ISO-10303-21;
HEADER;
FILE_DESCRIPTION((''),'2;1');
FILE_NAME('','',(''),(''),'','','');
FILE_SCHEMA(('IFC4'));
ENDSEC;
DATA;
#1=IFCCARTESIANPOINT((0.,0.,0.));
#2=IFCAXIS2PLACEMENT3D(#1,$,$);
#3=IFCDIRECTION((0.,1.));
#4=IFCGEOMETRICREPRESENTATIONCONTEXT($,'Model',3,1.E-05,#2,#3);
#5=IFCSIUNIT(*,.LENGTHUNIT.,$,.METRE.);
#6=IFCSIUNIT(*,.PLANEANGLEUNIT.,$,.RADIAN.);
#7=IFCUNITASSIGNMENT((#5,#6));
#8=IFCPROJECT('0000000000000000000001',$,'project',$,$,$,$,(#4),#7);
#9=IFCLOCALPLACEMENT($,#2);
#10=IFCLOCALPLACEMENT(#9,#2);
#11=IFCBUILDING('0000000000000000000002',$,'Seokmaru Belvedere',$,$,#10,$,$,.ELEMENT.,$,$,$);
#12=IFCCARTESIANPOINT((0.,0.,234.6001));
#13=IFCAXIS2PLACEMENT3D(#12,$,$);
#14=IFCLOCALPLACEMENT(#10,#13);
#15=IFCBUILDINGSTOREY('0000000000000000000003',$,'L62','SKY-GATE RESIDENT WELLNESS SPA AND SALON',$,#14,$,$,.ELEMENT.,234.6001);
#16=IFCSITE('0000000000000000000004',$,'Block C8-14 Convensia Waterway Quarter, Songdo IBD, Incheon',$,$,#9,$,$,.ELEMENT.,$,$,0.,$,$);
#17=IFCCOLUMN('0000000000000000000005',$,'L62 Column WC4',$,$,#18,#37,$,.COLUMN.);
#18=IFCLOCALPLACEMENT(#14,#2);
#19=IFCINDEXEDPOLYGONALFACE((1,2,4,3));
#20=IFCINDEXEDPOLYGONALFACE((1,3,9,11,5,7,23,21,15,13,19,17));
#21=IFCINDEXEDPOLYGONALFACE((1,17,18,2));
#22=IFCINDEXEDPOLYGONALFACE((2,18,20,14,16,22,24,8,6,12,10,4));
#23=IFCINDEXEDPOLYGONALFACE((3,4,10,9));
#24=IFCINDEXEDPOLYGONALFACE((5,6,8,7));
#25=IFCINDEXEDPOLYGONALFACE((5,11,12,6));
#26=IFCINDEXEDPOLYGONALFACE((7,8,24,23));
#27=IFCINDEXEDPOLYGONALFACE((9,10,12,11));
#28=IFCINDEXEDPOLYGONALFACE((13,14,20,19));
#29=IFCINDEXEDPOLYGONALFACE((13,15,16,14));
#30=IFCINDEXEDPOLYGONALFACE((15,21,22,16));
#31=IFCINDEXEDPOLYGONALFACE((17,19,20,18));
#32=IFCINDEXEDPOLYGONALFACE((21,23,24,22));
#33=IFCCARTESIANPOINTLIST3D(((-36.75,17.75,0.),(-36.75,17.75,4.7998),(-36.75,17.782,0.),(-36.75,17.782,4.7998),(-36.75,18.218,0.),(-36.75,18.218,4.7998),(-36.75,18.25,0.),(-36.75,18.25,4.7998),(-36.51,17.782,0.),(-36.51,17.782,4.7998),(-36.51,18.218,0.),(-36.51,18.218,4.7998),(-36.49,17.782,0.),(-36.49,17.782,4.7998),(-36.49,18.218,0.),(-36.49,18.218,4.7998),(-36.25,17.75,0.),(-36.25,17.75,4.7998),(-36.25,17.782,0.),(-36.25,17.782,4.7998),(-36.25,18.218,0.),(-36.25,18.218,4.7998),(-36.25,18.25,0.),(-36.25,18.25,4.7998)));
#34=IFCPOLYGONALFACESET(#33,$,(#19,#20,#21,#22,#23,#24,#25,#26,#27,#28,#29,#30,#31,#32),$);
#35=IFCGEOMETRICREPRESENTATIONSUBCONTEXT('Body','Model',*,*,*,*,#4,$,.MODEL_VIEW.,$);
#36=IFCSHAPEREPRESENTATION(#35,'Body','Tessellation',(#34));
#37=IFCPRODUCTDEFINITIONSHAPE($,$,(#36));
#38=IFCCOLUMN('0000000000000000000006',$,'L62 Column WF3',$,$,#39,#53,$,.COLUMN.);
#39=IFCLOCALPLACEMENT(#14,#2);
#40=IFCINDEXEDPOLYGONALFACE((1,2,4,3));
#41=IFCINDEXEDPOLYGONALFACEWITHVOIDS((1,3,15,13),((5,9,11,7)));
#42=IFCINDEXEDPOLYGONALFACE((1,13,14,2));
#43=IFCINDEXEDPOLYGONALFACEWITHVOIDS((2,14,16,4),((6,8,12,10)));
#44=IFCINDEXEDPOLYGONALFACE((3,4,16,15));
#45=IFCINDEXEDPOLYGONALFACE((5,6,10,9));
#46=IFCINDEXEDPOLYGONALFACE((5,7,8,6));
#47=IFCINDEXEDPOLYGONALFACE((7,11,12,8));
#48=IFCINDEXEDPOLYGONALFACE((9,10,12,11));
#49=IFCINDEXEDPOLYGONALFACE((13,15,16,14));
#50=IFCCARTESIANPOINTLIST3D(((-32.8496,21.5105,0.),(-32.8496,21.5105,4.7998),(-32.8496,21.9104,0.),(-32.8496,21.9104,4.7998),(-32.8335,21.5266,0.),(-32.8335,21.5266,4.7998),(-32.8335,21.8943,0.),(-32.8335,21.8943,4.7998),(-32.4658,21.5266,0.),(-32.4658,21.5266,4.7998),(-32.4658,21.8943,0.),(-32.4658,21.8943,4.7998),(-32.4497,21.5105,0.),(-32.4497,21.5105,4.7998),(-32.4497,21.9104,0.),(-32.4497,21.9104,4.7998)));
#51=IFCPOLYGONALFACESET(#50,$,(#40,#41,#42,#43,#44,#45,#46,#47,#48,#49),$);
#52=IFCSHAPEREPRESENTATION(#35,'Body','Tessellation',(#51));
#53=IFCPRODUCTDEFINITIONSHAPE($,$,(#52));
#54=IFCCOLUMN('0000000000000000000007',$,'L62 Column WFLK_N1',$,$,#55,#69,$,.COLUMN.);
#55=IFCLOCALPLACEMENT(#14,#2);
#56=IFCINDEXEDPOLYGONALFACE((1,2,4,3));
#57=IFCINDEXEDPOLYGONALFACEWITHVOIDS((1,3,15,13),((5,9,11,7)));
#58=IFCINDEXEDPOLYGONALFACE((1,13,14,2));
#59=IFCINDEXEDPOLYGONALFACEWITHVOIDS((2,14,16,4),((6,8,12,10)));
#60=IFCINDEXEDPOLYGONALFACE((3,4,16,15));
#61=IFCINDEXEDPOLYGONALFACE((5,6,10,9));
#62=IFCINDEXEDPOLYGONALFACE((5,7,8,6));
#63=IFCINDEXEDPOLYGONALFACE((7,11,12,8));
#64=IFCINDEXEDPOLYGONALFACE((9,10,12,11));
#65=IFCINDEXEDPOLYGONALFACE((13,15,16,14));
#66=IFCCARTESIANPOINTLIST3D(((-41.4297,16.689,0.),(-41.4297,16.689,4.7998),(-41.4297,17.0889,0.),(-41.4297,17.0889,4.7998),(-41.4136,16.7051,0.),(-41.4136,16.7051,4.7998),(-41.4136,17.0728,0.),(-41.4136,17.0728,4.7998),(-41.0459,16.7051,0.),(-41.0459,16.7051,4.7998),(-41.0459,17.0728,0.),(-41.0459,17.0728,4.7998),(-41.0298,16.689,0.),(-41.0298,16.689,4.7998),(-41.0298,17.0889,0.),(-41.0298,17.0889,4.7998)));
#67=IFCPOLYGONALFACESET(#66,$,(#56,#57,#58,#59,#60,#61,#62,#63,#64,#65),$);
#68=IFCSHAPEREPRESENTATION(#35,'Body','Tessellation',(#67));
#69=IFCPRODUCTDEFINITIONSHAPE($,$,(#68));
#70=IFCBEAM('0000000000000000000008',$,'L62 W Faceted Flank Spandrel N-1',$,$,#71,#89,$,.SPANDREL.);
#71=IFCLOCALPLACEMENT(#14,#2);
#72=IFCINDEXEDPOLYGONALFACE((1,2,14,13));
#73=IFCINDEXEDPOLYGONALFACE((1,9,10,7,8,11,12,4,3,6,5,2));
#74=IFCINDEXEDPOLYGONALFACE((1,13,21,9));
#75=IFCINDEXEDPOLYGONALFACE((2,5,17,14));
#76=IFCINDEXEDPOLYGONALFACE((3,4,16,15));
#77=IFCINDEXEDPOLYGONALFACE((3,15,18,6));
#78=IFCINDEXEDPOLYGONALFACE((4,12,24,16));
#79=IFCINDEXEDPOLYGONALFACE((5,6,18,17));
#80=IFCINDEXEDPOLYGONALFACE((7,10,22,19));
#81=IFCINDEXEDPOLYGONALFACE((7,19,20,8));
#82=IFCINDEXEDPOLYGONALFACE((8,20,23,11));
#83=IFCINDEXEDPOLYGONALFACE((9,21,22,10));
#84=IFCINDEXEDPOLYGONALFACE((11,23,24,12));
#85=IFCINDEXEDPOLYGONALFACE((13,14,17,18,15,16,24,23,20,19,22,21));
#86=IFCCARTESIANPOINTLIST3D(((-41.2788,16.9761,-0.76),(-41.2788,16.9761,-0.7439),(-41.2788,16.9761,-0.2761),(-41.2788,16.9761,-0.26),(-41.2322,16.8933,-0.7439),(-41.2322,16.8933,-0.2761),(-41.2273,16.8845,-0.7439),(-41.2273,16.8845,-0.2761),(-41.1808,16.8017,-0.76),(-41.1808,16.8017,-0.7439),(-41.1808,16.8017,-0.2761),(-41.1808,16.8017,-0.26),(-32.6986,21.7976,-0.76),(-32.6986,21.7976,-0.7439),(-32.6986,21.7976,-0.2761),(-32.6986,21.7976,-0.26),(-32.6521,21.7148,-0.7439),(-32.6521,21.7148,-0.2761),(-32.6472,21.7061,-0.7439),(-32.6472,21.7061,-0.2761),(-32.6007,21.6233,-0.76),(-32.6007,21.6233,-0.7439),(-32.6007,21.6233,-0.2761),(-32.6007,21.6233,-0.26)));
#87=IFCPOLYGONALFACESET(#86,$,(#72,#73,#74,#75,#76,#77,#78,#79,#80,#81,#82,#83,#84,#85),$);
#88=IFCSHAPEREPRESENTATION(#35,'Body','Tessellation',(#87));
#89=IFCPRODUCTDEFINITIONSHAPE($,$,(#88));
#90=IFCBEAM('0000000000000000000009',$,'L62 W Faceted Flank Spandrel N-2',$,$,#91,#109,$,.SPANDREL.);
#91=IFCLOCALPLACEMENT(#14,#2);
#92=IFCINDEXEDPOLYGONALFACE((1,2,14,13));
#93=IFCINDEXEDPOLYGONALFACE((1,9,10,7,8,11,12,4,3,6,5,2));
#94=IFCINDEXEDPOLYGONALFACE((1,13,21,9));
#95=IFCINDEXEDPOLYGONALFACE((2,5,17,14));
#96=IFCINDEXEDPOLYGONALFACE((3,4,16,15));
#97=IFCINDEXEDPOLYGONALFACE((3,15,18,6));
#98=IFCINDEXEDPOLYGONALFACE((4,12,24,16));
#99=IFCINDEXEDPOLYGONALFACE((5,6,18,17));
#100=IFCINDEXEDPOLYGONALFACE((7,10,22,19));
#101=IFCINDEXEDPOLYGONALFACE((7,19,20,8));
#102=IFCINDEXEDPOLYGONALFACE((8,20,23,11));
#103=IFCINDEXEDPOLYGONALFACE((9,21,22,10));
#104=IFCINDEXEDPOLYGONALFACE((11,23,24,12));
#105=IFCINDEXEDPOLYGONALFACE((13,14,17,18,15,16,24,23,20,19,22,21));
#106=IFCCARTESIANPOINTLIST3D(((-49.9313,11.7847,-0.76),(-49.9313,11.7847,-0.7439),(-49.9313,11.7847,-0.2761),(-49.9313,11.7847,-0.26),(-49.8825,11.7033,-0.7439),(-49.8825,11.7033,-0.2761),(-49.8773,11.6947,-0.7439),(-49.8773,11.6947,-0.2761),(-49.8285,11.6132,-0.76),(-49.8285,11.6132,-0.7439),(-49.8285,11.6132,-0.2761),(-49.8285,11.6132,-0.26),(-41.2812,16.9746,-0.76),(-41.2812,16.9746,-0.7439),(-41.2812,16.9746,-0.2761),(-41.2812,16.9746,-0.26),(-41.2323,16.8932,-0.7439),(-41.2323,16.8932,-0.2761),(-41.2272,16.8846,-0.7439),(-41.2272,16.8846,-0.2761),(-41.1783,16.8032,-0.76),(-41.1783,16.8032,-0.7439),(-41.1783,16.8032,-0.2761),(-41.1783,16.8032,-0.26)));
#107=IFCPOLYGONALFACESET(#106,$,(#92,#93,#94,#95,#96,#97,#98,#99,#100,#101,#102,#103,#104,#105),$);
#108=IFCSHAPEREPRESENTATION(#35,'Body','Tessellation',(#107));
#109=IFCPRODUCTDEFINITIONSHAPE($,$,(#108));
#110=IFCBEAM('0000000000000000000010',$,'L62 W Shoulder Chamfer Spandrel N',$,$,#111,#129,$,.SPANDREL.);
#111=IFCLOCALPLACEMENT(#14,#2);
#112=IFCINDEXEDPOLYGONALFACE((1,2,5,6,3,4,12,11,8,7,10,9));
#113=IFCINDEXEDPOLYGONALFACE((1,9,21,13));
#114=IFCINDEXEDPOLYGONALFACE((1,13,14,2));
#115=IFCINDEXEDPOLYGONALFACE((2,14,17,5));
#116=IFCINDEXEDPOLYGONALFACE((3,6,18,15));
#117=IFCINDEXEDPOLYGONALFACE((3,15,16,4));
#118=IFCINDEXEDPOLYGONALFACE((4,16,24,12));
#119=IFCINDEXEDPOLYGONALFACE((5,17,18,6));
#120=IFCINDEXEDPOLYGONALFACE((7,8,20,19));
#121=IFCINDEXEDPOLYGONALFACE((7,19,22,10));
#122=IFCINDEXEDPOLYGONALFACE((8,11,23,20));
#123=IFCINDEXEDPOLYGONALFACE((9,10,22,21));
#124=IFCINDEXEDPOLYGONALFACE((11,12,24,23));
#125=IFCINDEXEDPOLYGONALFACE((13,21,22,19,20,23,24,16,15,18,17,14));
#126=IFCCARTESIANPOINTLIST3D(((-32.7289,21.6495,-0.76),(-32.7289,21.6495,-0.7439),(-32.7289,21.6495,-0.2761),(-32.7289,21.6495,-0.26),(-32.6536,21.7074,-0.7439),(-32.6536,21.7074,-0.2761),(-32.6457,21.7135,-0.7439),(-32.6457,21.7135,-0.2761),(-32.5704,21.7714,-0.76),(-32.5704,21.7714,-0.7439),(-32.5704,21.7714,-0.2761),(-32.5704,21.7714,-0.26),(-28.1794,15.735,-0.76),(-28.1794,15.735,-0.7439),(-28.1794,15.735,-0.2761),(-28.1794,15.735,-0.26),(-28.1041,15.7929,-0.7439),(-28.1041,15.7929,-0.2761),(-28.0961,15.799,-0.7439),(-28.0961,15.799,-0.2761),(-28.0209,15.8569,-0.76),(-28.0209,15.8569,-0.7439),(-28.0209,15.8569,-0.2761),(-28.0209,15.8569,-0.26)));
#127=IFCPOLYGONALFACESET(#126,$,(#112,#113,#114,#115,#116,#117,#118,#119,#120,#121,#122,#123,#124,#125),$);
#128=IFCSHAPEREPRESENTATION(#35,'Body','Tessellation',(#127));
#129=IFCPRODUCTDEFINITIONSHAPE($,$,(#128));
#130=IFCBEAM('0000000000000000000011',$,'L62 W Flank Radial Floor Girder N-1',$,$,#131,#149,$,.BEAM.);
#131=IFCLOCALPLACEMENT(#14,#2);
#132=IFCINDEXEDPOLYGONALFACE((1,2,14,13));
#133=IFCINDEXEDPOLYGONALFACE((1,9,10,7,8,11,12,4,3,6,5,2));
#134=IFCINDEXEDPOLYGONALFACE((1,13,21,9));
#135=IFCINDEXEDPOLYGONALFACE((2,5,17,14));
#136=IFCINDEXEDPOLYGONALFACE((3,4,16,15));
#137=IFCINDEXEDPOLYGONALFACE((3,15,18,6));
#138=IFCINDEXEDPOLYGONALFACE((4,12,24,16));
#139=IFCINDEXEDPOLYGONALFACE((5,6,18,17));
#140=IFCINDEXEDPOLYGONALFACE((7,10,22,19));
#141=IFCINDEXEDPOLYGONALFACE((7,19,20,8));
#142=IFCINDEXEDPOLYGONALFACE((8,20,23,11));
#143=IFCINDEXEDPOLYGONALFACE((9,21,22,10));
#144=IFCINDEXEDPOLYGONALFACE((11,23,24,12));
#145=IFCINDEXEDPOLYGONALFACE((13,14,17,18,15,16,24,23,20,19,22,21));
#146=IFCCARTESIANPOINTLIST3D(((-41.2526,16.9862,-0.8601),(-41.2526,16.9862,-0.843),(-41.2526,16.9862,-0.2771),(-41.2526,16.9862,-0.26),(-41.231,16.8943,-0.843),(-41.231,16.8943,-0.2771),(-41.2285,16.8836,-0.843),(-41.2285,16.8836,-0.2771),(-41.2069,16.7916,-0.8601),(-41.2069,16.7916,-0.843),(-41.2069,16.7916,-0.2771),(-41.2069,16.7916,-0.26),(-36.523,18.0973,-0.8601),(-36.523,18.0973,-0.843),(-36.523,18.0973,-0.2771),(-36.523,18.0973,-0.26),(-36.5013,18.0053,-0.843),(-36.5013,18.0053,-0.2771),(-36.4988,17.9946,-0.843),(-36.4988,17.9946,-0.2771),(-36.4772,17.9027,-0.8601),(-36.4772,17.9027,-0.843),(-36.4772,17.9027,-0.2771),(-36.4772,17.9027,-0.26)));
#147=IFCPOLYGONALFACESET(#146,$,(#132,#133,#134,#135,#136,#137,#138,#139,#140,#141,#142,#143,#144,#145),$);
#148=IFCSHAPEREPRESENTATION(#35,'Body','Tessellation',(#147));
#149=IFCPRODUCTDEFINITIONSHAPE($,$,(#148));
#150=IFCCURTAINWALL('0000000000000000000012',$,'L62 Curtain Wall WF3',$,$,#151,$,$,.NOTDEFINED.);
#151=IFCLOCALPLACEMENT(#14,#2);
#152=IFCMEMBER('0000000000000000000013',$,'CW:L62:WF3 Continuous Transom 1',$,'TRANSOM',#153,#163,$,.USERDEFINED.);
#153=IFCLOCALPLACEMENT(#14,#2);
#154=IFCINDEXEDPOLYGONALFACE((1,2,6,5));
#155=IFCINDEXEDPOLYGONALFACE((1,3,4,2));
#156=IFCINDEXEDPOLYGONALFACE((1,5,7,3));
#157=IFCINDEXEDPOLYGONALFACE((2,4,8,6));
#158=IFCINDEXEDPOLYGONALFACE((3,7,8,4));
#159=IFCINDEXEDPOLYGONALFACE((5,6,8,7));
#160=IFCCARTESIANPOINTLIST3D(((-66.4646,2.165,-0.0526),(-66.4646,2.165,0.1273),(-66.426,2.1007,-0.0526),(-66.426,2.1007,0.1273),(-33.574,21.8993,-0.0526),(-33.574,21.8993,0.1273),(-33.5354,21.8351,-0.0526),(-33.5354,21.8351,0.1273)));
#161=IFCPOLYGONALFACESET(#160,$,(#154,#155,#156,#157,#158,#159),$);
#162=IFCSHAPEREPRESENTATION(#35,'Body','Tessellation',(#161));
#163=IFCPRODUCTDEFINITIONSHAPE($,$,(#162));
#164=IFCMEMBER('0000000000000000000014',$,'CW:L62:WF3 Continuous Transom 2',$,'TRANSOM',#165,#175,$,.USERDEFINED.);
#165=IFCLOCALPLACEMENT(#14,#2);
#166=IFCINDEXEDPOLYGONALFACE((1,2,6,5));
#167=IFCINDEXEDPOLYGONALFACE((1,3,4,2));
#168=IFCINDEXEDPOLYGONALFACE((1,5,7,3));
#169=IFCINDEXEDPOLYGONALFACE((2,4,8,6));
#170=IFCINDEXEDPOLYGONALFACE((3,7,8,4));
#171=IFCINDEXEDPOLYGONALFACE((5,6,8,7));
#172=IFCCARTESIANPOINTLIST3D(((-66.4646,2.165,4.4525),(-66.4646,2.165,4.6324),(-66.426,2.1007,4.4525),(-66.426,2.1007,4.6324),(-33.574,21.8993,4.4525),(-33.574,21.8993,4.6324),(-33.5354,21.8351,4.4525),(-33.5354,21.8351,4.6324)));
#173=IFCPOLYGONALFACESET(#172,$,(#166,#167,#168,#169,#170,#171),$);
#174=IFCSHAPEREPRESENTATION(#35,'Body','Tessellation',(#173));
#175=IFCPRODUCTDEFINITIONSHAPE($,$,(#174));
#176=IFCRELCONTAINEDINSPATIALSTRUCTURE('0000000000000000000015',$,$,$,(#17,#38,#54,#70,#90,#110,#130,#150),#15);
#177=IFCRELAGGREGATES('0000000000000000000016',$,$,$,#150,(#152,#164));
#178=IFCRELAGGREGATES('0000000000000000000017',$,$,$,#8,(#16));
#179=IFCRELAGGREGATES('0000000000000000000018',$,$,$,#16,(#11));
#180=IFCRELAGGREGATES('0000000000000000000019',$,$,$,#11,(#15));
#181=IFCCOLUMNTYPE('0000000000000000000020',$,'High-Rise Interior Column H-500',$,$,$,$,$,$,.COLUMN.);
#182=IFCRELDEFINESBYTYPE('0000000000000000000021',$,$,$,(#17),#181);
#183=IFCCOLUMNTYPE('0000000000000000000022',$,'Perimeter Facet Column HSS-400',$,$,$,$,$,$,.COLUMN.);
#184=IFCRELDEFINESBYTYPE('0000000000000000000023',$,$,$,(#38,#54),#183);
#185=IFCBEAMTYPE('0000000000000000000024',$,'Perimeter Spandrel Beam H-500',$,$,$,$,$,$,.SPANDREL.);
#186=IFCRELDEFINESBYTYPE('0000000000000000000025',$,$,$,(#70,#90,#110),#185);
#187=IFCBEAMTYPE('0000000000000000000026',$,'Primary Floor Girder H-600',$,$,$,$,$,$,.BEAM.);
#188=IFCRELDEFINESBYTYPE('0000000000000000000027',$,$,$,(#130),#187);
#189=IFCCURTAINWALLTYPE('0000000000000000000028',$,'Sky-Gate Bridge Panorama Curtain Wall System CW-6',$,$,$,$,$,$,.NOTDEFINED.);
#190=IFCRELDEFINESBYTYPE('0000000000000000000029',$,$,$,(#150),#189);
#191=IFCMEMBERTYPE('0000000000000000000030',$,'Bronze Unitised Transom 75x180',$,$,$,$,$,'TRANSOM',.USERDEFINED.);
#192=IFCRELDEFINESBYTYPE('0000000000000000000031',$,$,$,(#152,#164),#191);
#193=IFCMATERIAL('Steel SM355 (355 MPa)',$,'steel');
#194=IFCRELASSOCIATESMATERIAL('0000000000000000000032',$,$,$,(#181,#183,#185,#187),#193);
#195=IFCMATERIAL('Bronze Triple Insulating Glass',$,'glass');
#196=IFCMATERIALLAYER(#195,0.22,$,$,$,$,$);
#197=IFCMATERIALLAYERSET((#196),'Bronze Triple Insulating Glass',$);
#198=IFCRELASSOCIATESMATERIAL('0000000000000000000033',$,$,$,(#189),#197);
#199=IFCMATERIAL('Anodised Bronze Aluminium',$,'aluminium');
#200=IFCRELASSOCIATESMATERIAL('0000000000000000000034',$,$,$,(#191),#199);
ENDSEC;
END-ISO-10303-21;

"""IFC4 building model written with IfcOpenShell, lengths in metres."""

from ifc_helpers import new_model, si_unit, direction, frame, origin, origin_2d, place, context, subcontext, project, spatial, rectangle, hollow_rectangle, i_section, extrude, source, transform, mapped, material, layer, layer_set, material_profile, profile_set, type_object, type_shapes, element, aggregate, save


model = new_model("IFC4")

# Units and contexts
model_context = context("Model", 3, precision=1e-05, world=origin(), true_north=direction((0.0, 1.0)))
body_context = subcontext(model_context, "Body", "Model", "MODEL_VIEW")
ifc_project = project(units=[si_unit("LENGTHUNIT", "METRE"), si_unit("PLANEANGLEUNIT", "RADIAN")], contexts=[model_context])

# Site, building, storey
site_placement = place(None, origin())
site = spatial("IfcSite", under=ifc_project, at=site_placement, Name="Block C8-14 Convensia Waterway Quarter, Songdo IBD, Incheon", CompositionType="ELEMENT", RefElevation=0.0)
building_placement = place(site_placement, origin())
building = spatial("IfcBuilding", under=site, at=building_placement, Name="Seokmaru Belvedere", CompositionType="ELEMENT")
storey_placement = place(building_placement, frame((0.0, 0.0, 234.6001)))
storey = spatial("IfcBuildingStorey", under=building, at=storey_placement, Name="L62", Description="SKY-GATE RESIDENT WELLNESS SPA AND SALON", CompositionType="ELEMENT", Elevation=234.6001)

# Columns
ifc_material_1 = material(Name="Steel SM355 (355 MPa)", Category="steel")
ifc_material_profile_1 = material_profile(ifc_material_1, i_section(OverallWidth=0.5, OverallDepth=0.5, WebThickness=0.02, FlangeThickness=0.032, at=origin_2d()), Name="H-500x500x20x32")
ifc_profile_set_1 = profile_set([ifc_material_profile_1], Name="Steel SM355 (355 MPa)")
column_type_1 = type_object("IfcColumnType", Name="High-Rise Interior Column H-500", PredefinedType="COLUMN", material=ifc_profile_set_1)
shared_shape_1 = source(origin(), body_context, "Body", "SweptSolid", [
    extrude(i_section(OverallWidth=0.5, OverallDepth=0.5, WebThickness=0.02, FlangeThickness=0.032, at=origin_2d()), origin(), (0.0, 0.0, 1.0), 4.7998),
])
type_shapes(column_type_1, [shared_shape_1])
column_placement = place(storey_placement, frame((-36.5, 18.0, 0.0), z_axis=(0.0, 0.0, 1.0), x_axis=(1.0, 0.0, 0.0)))
element("IfcColumn", 1, at=column_placement, inside=storey, type_object=column_type_1, Name="L62 Column WC4", PredefinedType="COLUMN", context=body_context, shape_type="MappedRepresentation", body=[
    mapped(shared_shape_1, transform((0.0, 0.0, 0.0), scale=1.0)),
])
ifc_material_profile_2 = material_profile(ifc_material_1, hollow_rectangle(XDim=0.3999, YDim=0.3999, WallThickness=0.0161, at=origin_2d()), Name="HSS-400x400x16")
ifc_profile_set_2 = profile_set([ifc_material_profile_2], Name="Steel SM355 (355 MPa)")
column_type_2 = type_object("IfcColumnType", Name="Perimeter Facet Column HSS-400", PredefinedType="COLUMN", material=ifc_profile_set_2)
shared_shape_2 = source(origin(), body_context, "Body", "SweptSolid", [
    extrude(hollow_rectangle(XDim=0.3999, YDim=0.3999, WallThickness=0.0161, at=origin_2d()), origin(), (0.0, 0.0, 1.0), 4.7998),
])
type_shapes(column_type_2, [shared_shape_2])
for number, where, z_axis, x_axis, name in (
    (2, (-32.6497, 21.7104, 0.0), (0.0, 0.0, 1.0), (1.0, 0.0, 0.0), "L62 Column WF3"),
    (3, (-41.2297, 16.8889, 0.0), (0.0, 0.0, 1.0), (1.0, 0.0, 0.0), "L62 Column WFLK_N1"),
):
    element("IfcColumn", number, at=place(storey_placement, frame(where, z_axis=z_axis, x_axis=x_axis)), inside=storey, type_object=column_type_2, Name=name, PredefinedType="COLUMN", context=body_context, shape_type="MappedRepresentation", body=[
        mapped(shared_shape_2, transform((0.0, 0.0, 0.0), scale=1.0)),
    ])

# Beams
ifc_material_profile_3 = material_profile(ifc_material_1, i_section(OverallWidth=0.2, OverallDepth=0.5, WebThickness=0.01, FlangeThickness=0.0161, at=origin_2d()), Name="H-500x200x10x16")
ifc_profile_set_3 = profile_set([ifc_material_profile_3], Name="Steel SM355 (355 MPa)")
beam_type_1 = type_object("IfcBeamType", Name="Perimeter Spandrel Beam H-500", PredefinedType="SPANDREL", material=ifc_profile_set_3)
shared_shape_3 = source(origin(), body_context, "Body", "SweptSolid", [
    extrude(i_section(OverallWidth=0.2, OverallDepth=0.5, WebThickness=0.01, FlangeThickness=0.0161, at=origin_2d()), origin(), (0.0, 0.0, 1.0), 9.842),
])
beam_1_placement = place(storey_placement, frame((-32.6497, 21.7104, -0.51), z_axis=(-0.871782, -0.489894, 0.0), x_axis=(0.489894, -0.871782, 0.0)))
element("IfcBeam", 4, at=beam_1_placement, inside=storey, type_object=beam_type_1, Name="L62 W Faceted Flank Spandrel N-1", PredefinedType="SPANDREL", context=body_context, shape_type="MappedRepresentation", body=[
    mapped(shared_shape_3, transform((0.0, 0.0, 0.0), scale=1.0)),
])
shared_shape_4 = source(origin(), body_context, "Body", "SweptSolid", [
    extrude(i_section(OverallWidth=0.2, OverallDepth=0.5, WebThickness=0.01, FlangeThickness=0.0161, at=origin_2d()), origin(), (0.0, 0.0, 1.0), 10.0876),
])
beam_2_placement = place(storey_placement, frame((-41.2297, 16.8889, -0.51), z_axis=(-0.857499, -0.514485, 0.0), x_axis=(0.514485, -0.857499, 0.0)))
element("IfcBeam", 5, at=beam_2_placement, inside=storey, type_object=beam_type_1, Name="L62 W Faceted Flank Spandrel N-2", PredefinedType="SPANDREL", context=body_context, shape_type="MappedRepresentation", body=[
    mapped(shared_shape_4, transform((0.0, 0.0, 0.0), scale=1.0)),
])
shared_shape_5 = source(origin(), body_context, "Body", "SweptSolid", [
    extrude(i_section(OverallWidth=0.2, OverallDepth=0.5, WebThickness=0.01, FlangeThickness=0.0161, at=origin_2d()), origin(), (0.0, 0.0, 1.0), 7.4619),
])
type_shapes(beam_type_1, [shared_shape_3, shared_shape_4, shared_shape_5])
beam_3_placement = place(storey_placement, frame((-32.6497, 21.7104, -0.51), z_axis=(0.609703, -0.79263, 0.0), x_axis=(0.79263, 0.609703, 0.0)))
element("IfcBeam", 6, at=beam_3_placement, inside=storey, type_object=beam_type_1, Name="L62 W Shoulder Chamfer Spandrel N", PredefinedType="SPANDREL", context=body_context, shape_type="MappedRepresentation", body=[
    mapped(shared_shape_5, transform((0.0, 0.0, 0.0), scale=1.0)),
])
ifc_material_profile_4 = material_profile(ifc_material_1, i_section(OverallWidth=0.2, OverallDepth=0.6001, WebThickness=0.011, FlangeThickness=0.0171, at=origin_2d()), Name="H-600x200x11x17")
ifc_profile_set_4 = profile_set([ifc_material_profile_4], Name="Steel SM355 (355 MPa)")
beam_type_2 = type_object("IfcBeamType", Name="Primary Floor Girder H-600", PredefinedType="BEAM", material=ifc_profile_set_4)
shared_shape_6 = source(origin(), body_context, "Body", "SweptSolid", [
    extrude(i_section(OverallWidth=0.2, OverallDepth=0.6001, WebThickness=0.011, FlangeThickness=0.0171, at=origin_2d()), origin(), (0.0, 0.0, 1.0), 4.8584),
])
type_shapes(beam_type_2, [shared_shape_6])
beam_4_placement = place(storey_placement, frame((-41.2297, 16.8889, -0.5601), z_axis=(0.973499, 0.228689, 0.0), x_axis=(-0.228689, 0.973499, 0.0)))
element("IfcBeam", 7, at=beam_4_placement, inside=storey, type_object=beam_type_2, Name="L62 W Flank Radial Floor Girder N-1", PredefinedType="BEAM", context=body_context, shape_type="MappedRepresentation", body=[
    mapped(shared_shape_6, transform((0.0, 0.0, 0.0), scale=1.0)),
])

# Curtain wall, members
ifc_material_2 = material(Name="Bronze Triple Insulating Glass", Category="glass")
ifc_layer_1 = layer(ifc_material_2, 0.22)
ifc_layer_set_1 = layer_set([ifc_layer_1], Name="Bronze Triple Insulating Glass")
curtain_wall_type = type_object("IfcCurtainWallType", Name="Sky-Gate Bridge Panorama Curtain Wall System CW-6", PredefinedType="NOTDEFINED", material=ifc_layer_set_1)
curtain_wall_1_placement = place(storey_placement, origin())
curtain_wall_1 = element("IfcCurtainWall", 8, at=curtain_wall_1_placement, inside=storey, type_object=curtain_wall_type, Name="L62 Curtain Wall WF3", PredefinedType="NOTDEFINED")
ifc_material_3 = material(Name="Anodised Bronze Aluminium", Category="aluminium")
ifc_material_profile_5 = material_profile(ifc_material_3, rectangle(XDim=0.075, YDim=0.1799, at=origin_2d()), Name="CW-T-75x180")
ifc_profile_set_5 = profile_set([ifc_material_profile_5], Name="Anodised Bronze Aluminium")
member_type_1 = type_object("IfcMemberType", Name="Bronze Unitised Transom 75x180", ElementType="TRANSOM", PredefinedType="USERDEFINED", material=ifc_profile_set_5)
shared_shape_7 = source(origin(), body_context, "Body", "SweptSolid", [
    extrude(rectangle(XDim=0.075, YDim=0.1799, at=origin_2d()), origin(), (0.0, 0.0, 1.0), 38.3567),
])
member_1_placement = place(storey_placement, frame((-33.5547, 21.8672, 0.0374), z_axis=(-0.857493, -0.514496, 0.0), x_axis=(0.514496, -0.857493, 0.0)))
member_1 = element("IfcMember", 9, at=member_1_placement, type_object=member_type_1, Name="CW:L62:WF3 Continuous Transom 1", ObjectType="TRANSOM", PredefinedType="USERDEFINED", context=body_context, shape_type="MappedRepresentation", body=[
    mapped(shared_shape_7, transform((0.0, 0.0, 0.0), scale=1.0)),
])
member_2_placement = place(storey_placement, frame((-33.5547, 21.8672, 4.5425), z_axis=(-0.857493, -0.514496, 0.0), x_axis=(0.514496, -0.857493, 0.0)))
member_2 = element("IfcMember", 10, at=member_2_placement, type_object=member_type_1, Name="CW:L62:WF3 Continuous Transom 2", ObjectType="TRANSOM", PredefinedType="USERDEFINED", context=body_context, shape_type="MappedRepresentation", body=[
    mapped(shared_shape_7, transform((0.0, 0.0, 0.0), scale=1.0)),
])

aggregate(curtain_wall_1, [member_1, member_2])

save(model, "model.ifc")
